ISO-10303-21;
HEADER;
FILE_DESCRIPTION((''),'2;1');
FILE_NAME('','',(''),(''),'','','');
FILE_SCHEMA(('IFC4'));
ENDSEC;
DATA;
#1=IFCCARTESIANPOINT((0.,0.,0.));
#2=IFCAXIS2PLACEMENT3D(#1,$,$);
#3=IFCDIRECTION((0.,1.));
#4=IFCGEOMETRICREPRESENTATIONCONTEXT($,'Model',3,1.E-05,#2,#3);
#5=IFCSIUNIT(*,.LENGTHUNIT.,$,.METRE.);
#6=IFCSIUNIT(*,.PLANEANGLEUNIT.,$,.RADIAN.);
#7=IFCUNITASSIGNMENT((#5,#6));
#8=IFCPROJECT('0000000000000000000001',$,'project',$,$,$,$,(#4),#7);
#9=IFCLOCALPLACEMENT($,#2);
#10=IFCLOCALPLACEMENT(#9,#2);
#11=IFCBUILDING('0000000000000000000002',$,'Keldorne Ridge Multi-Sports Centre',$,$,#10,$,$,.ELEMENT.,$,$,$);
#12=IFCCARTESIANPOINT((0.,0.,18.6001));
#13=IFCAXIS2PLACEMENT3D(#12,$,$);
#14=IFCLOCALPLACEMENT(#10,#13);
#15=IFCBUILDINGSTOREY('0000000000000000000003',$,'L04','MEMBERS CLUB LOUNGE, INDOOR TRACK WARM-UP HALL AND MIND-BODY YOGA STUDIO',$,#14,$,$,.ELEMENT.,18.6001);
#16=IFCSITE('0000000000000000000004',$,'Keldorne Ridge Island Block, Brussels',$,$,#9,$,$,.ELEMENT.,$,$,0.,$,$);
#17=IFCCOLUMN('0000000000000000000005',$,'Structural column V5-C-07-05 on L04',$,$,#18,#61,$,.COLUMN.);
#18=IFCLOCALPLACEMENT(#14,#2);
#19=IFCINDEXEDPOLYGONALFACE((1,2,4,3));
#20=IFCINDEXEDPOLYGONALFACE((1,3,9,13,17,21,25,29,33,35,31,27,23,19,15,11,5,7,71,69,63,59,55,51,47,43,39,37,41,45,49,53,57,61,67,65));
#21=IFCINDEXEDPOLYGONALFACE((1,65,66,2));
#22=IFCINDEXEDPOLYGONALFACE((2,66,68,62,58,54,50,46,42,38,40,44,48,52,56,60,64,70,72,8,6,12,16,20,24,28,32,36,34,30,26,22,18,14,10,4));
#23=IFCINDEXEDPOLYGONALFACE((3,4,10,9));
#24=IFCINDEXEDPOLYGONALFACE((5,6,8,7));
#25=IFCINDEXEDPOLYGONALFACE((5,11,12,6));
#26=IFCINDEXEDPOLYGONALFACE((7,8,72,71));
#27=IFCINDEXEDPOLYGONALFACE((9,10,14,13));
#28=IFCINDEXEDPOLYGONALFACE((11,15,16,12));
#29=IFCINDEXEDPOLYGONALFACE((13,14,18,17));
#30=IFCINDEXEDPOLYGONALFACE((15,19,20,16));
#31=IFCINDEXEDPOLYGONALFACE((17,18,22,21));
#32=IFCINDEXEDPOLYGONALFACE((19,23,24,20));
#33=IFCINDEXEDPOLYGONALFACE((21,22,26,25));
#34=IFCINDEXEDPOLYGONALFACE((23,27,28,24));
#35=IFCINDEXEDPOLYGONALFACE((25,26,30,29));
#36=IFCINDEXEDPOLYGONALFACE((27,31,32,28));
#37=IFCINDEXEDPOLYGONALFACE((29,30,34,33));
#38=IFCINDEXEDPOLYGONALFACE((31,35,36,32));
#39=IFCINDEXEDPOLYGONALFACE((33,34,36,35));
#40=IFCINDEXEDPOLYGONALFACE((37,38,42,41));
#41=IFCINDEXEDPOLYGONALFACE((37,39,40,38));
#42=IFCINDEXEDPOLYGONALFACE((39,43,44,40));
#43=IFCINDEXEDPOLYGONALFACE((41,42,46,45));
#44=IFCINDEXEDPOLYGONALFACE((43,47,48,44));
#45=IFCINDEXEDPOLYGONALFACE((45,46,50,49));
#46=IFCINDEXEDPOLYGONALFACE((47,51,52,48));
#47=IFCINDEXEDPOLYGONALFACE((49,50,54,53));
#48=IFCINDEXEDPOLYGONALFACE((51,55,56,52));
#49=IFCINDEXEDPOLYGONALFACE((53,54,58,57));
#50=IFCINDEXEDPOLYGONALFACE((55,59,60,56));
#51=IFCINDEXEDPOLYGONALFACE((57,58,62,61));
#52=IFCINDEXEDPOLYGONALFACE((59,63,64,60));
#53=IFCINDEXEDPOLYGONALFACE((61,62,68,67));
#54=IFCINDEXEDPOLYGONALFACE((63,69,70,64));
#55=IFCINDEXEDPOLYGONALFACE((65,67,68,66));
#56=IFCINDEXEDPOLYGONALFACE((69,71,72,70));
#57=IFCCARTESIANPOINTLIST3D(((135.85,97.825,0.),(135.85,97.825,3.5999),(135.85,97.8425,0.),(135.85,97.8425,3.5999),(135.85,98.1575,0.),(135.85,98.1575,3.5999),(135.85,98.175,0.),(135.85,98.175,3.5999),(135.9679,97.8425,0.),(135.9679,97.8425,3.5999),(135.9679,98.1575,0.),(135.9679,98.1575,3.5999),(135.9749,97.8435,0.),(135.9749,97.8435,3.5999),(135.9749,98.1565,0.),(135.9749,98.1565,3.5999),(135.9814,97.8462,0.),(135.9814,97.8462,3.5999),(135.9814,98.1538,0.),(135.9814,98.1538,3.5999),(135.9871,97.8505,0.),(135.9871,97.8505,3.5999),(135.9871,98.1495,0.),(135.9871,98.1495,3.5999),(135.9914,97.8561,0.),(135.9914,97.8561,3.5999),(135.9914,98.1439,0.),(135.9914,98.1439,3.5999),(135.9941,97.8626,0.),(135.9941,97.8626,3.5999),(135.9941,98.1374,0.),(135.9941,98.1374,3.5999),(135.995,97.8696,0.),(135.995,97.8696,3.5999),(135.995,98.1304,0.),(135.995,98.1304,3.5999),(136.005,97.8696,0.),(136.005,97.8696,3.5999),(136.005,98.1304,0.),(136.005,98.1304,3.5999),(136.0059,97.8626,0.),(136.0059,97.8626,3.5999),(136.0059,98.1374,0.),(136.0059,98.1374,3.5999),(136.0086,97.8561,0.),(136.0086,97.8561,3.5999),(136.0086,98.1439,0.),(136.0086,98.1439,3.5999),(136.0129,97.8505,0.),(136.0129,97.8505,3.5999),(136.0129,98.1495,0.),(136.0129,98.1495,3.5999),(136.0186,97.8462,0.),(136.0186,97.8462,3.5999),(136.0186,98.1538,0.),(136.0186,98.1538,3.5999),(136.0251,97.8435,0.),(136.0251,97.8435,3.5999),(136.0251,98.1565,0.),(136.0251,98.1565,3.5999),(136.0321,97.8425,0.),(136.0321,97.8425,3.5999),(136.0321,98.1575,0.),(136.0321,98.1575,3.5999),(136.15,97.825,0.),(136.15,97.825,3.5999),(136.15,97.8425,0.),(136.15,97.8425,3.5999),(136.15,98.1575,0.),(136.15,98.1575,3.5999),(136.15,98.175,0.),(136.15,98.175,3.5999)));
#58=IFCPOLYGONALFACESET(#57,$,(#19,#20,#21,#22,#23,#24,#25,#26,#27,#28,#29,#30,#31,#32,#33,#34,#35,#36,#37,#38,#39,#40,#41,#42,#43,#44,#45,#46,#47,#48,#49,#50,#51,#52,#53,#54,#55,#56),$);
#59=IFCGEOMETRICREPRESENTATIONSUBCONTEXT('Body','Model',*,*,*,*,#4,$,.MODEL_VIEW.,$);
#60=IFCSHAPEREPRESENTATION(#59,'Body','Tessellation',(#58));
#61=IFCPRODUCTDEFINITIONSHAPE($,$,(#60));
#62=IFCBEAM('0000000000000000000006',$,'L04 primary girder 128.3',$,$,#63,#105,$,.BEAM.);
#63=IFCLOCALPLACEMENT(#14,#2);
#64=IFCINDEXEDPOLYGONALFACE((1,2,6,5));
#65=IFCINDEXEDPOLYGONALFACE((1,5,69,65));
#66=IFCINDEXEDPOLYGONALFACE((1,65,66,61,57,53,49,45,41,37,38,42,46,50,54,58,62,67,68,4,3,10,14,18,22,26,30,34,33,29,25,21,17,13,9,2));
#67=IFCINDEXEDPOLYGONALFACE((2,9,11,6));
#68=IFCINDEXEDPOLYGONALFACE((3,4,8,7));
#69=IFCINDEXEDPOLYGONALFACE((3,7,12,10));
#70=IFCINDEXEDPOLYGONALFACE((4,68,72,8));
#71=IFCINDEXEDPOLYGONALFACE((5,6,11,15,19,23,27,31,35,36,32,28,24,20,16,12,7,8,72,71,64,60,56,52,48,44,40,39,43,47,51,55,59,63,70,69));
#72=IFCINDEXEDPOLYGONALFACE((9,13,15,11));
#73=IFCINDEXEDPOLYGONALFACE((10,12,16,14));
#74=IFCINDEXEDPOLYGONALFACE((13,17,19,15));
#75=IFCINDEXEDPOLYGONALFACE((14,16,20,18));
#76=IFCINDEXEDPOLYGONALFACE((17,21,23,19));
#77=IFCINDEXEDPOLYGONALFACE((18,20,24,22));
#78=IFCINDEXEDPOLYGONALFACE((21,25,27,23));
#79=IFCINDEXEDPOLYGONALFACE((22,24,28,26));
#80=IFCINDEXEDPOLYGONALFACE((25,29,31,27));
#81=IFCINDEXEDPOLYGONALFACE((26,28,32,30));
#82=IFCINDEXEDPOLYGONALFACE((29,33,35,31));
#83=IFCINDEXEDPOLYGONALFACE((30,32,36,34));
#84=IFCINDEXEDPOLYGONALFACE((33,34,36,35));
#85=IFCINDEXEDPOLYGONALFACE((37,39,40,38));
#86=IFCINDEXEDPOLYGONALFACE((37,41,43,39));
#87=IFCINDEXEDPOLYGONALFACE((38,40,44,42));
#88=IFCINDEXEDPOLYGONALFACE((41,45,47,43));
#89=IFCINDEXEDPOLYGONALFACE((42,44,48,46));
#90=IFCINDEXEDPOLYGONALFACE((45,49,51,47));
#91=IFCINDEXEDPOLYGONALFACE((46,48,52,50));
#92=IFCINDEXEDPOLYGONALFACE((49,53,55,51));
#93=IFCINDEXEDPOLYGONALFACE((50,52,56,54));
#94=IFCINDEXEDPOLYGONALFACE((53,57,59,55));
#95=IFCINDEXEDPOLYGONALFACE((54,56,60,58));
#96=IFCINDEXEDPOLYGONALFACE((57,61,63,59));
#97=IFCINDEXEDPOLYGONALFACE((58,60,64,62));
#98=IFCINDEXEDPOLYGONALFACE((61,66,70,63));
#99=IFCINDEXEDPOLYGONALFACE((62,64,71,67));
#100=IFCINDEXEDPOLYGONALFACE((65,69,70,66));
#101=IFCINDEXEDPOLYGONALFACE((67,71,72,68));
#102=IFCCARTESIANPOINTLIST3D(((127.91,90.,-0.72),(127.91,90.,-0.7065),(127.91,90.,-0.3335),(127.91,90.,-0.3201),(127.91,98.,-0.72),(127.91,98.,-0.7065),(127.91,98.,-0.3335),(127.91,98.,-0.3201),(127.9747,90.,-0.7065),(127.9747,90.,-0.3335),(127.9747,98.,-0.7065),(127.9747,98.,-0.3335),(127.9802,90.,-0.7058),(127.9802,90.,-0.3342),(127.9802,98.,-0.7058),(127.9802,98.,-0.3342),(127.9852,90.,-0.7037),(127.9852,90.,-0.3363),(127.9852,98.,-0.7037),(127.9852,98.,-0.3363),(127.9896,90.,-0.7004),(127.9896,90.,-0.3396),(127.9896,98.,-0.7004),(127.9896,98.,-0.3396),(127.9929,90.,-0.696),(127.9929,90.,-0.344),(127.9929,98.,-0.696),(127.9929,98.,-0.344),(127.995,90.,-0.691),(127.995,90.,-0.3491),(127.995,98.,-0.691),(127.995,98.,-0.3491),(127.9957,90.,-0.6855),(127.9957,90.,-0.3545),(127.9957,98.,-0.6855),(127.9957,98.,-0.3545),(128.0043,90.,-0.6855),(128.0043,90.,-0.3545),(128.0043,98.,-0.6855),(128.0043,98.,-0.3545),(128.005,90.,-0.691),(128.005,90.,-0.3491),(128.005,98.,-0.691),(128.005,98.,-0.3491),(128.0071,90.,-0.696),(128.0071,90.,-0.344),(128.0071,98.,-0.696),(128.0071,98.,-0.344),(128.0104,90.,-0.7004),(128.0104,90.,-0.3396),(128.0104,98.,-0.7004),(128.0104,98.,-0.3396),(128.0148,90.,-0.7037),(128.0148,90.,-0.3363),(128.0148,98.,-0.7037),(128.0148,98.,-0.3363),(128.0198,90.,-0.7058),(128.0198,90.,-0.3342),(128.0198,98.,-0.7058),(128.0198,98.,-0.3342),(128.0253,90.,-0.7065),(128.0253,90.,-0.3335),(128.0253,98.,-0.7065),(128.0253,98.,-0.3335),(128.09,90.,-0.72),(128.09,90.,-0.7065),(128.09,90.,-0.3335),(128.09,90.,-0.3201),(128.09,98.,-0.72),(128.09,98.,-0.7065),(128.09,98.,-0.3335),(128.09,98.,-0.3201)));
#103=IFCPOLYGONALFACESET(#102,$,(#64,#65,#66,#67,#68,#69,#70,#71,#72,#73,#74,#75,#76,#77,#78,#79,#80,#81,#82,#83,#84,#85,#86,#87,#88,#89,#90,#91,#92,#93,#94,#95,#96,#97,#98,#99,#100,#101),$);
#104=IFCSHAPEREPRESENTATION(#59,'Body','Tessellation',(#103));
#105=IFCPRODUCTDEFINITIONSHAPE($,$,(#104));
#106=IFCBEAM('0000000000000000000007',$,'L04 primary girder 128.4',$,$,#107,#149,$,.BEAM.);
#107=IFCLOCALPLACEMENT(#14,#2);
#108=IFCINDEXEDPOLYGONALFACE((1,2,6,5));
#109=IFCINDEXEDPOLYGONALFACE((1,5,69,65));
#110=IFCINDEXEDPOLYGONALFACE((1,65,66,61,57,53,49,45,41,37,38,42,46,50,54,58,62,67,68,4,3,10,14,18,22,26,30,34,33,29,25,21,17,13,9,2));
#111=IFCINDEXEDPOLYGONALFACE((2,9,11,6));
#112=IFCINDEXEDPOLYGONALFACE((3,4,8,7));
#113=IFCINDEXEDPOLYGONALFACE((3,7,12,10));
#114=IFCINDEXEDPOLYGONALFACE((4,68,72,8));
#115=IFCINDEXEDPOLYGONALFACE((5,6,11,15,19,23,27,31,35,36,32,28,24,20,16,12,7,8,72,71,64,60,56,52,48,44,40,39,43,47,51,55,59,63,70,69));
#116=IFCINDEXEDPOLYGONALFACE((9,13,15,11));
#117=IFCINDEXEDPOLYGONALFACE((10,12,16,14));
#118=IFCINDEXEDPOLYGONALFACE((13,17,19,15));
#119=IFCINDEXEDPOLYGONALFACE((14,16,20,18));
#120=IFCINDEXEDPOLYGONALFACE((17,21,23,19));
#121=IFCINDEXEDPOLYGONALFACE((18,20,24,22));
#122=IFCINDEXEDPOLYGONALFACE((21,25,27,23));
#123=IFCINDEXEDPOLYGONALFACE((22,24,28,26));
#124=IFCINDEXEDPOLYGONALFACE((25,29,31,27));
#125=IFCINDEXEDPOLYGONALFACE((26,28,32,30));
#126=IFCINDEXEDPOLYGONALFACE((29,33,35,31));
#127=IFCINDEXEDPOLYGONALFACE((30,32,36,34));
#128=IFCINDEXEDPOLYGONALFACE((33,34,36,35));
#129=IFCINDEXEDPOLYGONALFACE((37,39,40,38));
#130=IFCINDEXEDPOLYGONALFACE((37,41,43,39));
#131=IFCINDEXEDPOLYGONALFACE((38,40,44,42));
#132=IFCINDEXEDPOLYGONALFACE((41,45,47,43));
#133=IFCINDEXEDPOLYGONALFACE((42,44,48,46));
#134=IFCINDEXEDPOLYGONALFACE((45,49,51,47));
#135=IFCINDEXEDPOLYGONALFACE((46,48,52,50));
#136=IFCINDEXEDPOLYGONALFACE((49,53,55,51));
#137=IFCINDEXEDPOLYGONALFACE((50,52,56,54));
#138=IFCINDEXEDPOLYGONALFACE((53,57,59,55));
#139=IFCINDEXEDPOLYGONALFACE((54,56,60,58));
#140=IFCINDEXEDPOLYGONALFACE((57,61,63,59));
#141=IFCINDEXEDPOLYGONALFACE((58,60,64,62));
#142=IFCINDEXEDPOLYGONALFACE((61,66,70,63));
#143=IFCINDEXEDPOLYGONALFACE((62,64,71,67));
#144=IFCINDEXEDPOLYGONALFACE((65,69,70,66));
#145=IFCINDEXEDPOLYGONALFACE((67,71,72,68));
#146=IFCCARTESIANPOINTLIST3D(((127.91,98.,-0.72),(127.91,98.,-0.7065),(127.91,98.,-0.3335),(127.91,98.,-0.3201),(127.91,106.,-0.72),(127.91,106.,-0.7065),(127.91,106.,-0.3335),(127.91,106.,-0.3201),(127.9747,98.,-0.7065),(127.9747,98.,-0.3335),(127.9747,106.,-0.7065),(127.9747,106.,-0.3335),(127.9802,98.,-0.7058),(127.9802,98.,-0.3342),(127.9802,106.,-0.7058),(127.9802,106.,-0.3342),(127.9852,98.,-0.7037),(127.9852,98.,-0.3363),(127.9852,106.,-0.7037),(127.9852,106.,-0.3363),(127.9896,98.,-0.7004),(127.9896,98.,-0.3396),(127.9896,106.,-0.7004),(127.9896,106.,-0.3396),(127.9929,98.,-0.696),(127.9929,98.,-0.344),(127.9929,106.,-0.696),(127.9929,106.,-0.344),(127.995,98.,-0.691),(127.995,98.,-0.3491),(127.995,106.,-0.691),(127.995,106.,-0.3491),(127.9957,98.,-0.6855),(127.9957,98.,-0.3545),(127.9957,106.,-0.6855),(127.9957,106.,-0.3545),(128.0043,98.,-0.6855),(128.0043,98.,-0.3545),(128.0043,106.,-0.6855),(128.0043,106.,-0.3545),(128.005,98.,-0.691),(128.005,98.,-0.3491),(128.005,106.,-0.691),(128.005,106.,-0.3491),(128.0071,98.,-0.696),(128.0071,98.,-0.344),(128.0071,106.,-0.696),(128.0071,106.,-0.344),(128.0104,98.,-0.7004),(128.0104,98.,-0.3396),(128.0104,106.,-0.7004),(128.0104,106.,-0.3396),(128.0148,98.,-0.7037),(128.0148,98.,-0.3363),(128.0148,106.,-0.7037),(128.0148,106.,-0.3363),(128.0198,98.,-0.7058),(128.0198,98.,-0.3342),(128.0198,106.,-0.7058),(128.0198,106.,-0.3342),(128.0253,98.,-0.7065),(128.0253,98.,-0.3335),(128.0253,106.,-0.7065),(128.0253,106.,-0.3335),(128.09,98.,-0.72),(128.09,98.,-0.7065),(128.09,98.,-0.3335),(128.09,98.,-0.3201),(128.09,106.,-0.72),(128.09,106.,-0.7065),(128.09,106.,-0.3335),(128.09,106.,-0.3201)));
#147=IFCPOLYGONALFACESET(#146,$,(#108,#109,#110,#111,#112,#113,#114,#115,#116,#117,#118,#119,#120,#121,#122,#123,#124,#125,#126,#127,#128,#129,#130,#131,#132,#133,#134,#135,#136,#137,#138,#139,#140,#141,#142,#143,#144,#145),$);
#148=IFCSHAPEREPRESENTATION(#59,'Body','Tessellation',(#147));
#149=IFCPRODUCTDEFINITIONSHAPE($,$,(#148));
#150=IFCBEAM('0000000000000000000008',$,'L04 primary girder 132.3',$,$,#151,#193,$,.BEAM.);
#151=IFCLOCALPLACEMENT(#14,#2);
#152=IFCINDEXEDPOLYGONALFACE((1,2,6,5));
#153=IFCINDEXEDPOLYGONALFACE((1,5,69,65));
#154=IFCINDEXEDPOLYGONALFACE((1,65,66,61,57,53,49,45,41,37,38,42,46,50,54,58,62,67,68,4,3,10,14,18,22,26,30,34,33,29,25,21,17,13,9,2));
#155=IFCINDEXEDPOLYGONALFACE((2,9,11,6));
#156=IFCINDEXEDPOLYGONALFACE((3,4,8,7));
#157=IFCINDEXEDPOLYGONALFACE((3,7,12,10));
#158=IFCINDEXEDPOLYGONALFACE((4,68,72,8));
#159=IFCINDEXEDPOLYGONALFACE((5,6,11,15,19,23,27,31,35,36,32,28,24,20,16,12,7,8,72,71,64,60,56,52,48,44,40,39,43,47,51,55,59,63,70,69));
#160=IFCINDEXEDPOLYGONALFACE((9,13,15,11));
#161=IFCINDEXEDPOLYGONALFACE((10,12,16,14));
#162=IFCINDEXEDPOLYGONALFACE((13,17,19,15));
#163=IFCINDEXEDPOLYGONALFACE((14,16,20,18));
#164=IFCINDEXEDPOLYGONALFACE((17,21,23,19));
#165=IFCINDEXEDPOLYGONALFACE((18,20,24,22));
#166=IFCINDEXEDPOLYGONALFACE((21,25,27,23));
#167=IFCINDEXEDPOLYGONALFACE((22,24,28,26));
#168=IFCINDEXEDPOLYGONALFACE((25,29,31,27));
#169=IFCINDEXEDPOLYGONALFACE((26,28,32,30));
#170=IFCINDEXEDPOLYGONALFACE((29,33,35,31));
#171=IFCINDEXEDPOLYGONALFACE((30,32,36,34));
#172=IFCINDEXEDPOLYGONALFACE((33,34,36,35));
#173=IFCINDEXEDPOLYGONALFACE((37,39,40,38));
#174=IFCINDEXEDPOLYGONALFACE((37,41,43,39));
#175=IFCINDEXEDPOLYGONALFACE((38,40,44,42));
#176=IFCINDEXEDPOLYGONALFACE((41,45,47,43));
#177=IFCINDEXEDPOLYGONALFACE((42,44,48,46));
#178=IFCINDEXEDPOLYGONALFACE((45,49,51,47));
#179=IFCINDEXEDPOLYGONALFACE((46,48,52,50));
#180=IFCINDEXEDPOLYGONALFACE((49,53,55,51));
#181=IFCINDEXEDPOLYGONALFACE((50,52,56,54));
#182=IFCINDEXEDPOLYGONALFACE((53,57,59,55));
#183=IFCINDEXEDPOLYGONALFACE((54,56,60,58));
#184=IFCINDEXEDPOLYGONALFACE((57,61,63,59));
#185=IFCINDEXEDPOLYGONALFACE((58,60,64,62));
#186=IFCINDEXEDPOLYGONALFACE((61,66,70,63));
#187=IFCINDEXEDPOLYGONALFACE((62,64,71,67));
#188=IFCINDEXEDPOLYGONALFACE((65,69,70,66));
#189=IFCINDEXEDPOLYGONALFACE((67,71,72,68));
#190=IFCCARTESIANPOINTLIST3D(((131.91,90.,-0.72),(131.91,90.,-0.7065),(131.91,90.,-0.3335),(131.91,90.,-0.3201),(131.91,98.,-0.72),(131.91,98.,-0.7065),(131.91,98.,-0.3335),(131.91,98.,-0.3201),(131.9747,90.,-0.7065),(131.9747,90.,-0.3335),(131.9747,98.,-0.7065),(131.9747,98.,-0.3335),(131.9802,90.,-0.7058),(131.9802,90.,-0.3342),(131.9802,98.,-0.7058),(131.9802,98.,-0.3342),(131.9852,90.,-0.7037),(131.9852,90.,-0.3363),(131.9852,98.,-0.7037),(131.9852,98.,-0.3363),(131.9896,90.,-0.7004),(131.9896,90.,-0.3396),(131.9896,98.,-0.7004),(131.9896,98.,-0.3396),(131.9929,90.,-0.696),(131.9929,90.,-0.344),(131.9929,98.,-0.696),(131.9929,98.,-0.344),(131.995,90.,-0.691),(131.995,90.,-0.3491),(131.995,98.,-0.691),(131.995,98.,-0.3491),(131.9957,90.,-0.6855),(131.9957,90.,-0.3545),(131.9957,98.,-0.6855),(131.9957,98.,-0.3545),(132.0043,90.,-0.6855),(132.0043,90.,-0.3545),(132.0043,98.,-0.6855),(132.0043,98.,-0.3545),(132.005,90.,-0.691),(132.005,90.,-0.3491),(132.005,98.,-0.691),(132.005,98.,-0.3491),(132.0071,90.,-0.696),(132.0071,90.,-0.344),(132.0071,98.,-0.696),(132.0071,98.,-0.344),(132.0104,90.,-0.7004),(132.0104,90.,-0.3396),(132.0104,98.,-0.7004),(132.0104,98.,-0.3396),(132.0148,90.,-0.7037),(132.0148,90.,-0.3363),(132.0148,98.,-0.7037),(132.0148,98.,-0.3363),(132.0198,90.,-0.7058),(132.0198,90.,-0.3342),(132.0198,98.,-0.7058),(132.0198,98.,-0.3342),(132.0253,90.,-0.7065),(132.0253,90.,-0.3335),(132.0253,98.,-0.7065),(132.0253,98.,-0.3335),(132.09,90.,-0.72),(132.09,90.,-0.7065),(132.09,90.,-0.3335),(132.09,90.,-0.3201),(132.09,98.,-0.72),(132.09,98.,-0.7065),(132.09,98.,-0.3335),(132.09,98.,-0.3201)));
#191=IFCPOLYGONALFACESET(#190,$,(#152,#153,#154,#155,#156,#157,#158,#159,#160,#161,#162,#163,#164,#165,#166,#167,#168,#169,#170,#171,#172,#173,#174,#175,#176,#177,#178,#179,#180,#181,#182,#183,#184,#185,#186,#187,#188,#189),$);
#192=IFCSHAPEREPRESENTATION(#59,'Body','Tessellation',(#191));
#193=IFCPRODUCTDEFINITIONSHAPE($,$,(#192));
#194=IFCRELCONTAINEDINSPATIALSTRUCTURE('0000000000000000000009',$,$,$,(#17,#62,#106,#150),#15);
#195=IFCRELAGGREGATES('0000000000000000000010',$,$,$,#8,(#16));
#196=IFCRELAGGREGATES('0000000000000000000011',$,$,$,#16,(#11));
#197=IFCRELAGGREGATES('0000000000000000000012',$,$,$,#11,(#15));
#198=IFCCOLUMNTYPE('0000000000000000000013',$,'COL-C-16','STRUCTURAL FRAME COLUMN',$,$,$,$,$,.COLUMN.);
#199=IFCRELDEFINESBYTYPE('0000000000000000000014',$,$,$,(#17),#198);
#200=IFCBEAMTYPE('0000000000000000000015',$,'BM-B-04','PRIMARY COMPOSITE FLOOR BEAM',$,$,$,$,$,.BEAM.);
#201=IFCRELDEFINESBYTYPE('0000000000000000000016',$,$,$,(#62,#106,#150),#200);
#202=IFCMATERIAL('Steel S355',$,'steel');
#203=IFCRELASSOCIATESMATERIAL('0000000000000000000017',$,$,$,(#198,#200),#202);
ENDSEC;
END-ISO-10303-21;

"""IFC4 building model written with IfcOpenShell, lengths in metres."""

from ifc_helpers import new_model, si_unit, direction, frame, origin, origin_2d, place, context, subcontext, project, spatial, i_section, extrude, material, material_profile, profile_set, type_object, element, save


model = new_model("IFC4")

# Units and contexts
model_context = context("Model", 3, precision=1e-05, world=origin(), true_north=direction((0.0, 1.0)))
body_context = subcontext(model_context, "Body", "Model", "MODEL_VIEW")
ifc_project = project(units=[si_unit("LENGTHUNIT", "METRE"), si_unit("PLANEANGLEUNIT", "RADIAN")], contexts=[model_context])

# Site, building, storey
site_placement = place(None, origin())
site = spatial("IfcSite", under=ifc_project, at=site_placement, Name="Keldorne Ridge Island Block, Brussels", CompositionType="ELEMENT", RefElevation=0.0)
building_placement = place(site_placement, origin())
building = spatial("IfcBuilding", under=site, at=building_placement, Name="Keldorne Ridge Multi-Sports Centre", CompositionType="ELEMENT")
storey_placement = place(building_placement, frame((0.0, 0.0, 18.6001)))
storey = spatial("IfcBuildingStorey", under=building, at=storey_placement, Name="L04", Description="MEMBERS CLUB LOUNGE, INDOOR TRACK WARM-UP HALL AND MIND-BODY YOGA STUDIO", CompositionType="ELEMENT", Elevation=18.6001)

# Column
ifc_material_1 = material(Name="Steel S355", Category="steel")
ifc_material_profile_1 = material_profile(ifc_material_1, i_section(OverallWidth=0.3, OverallDepth=0.3501, WebThickness=0.01, FlangeThickness=0.0176, FilletRadius=0.0271, at=origin_2d()), Name="HEA 360")
ifc_profile_set_1 = profile_set([ifc_material_profile_1], Name="Steel S355")
column_type = type_object("IfcColumnType", Name="COL-C-16", Description="STRUCTURAL FRAME COLUMN", PredefinedType="COLUMN", material=ifc_profile_set_1)
for number, where, z_axis, x_axis, name in (
    (1, (136.0, 98.0, 0.0), (0.0, 0.0, 1.0), (1.0, 0.0, 0.0), "Structural column V5-C-07-05 on L04"),
):
    element("IfcColumn", number, at=place(storey_placement, frame(where, z_axis=z_axis, x_axis=x_axis)), inside=storey, type_object=column_type, Name=name, PredefinedType="COLUMN", context=body_context, shape_type="SweptSolid", body=[
        extrude(i_section(OverallWidth=0.3, OverallDepth=0.3501, WebThickness=0.01, FlangeThickness=0.0176, FilletRadius=0.0271, at=origin_2d()), origin(), (0.0, 0.0, 1.0), 3.5999),
    ])

# Beams
ifc_material_profile_2 = material_profile(ifc_material_1, i_section(OverallWidth=0.1799, OverallDepth=0.3999, WebThickness=0.0085, FlangeThickness=0.0134, FilletRadius=0.021, at=origin_2d()), Name="IPE 400")
ifc_profile_set_2 = profile_set([ifc_material_profile_2], Name="Steel S355")
beam_type_1 = type_object("IfcBeamType", Name="BM-B-04", Description="PRIMARY COMPOSITE FLOOR BEAM", PredefinedType="BEAM", material=ifc_profile_set_2)
for number, where, z_axis, x_axis, name in (
    (2, (128.0, 90.0, -0.52), (0.0, 1.0, 0.0), (-1.0, 0.0, 0.0), "L04 primary girder 128.3"),
    (3, (128.0, 98.0, -0.52), (0.0, 1.0, 0.0), (-1.0, 0.0, 0.0), "L04 primary girder 128.4"),
    (4, (132.0, 90.0, -0.52), (0.0, 1.0, 0.0), (-1.0, 0.0, 0.0), "L04 primary girder 132.3"),
):
    element("IfcBeam", number, at=place(storey_placement, frame(where, z_axis=z_axis, x_axis=x_axis)), inside=storey, type_object=beam_type_1, Name=name, PredefinedType="BEAM", context=body_context, shape_type="SweptSolid", body=[
        extrude(i_section(OverallWidth=0.1799, OverallDepth=0.3999, WebThickness=0.0085, FlangeThickness=0.0134, FilletRadius=0.021, at=origin_2d()), origin(), (0.0, 0.0, 1.0), 8.0),
    ])

save(model, "model.ifc")
